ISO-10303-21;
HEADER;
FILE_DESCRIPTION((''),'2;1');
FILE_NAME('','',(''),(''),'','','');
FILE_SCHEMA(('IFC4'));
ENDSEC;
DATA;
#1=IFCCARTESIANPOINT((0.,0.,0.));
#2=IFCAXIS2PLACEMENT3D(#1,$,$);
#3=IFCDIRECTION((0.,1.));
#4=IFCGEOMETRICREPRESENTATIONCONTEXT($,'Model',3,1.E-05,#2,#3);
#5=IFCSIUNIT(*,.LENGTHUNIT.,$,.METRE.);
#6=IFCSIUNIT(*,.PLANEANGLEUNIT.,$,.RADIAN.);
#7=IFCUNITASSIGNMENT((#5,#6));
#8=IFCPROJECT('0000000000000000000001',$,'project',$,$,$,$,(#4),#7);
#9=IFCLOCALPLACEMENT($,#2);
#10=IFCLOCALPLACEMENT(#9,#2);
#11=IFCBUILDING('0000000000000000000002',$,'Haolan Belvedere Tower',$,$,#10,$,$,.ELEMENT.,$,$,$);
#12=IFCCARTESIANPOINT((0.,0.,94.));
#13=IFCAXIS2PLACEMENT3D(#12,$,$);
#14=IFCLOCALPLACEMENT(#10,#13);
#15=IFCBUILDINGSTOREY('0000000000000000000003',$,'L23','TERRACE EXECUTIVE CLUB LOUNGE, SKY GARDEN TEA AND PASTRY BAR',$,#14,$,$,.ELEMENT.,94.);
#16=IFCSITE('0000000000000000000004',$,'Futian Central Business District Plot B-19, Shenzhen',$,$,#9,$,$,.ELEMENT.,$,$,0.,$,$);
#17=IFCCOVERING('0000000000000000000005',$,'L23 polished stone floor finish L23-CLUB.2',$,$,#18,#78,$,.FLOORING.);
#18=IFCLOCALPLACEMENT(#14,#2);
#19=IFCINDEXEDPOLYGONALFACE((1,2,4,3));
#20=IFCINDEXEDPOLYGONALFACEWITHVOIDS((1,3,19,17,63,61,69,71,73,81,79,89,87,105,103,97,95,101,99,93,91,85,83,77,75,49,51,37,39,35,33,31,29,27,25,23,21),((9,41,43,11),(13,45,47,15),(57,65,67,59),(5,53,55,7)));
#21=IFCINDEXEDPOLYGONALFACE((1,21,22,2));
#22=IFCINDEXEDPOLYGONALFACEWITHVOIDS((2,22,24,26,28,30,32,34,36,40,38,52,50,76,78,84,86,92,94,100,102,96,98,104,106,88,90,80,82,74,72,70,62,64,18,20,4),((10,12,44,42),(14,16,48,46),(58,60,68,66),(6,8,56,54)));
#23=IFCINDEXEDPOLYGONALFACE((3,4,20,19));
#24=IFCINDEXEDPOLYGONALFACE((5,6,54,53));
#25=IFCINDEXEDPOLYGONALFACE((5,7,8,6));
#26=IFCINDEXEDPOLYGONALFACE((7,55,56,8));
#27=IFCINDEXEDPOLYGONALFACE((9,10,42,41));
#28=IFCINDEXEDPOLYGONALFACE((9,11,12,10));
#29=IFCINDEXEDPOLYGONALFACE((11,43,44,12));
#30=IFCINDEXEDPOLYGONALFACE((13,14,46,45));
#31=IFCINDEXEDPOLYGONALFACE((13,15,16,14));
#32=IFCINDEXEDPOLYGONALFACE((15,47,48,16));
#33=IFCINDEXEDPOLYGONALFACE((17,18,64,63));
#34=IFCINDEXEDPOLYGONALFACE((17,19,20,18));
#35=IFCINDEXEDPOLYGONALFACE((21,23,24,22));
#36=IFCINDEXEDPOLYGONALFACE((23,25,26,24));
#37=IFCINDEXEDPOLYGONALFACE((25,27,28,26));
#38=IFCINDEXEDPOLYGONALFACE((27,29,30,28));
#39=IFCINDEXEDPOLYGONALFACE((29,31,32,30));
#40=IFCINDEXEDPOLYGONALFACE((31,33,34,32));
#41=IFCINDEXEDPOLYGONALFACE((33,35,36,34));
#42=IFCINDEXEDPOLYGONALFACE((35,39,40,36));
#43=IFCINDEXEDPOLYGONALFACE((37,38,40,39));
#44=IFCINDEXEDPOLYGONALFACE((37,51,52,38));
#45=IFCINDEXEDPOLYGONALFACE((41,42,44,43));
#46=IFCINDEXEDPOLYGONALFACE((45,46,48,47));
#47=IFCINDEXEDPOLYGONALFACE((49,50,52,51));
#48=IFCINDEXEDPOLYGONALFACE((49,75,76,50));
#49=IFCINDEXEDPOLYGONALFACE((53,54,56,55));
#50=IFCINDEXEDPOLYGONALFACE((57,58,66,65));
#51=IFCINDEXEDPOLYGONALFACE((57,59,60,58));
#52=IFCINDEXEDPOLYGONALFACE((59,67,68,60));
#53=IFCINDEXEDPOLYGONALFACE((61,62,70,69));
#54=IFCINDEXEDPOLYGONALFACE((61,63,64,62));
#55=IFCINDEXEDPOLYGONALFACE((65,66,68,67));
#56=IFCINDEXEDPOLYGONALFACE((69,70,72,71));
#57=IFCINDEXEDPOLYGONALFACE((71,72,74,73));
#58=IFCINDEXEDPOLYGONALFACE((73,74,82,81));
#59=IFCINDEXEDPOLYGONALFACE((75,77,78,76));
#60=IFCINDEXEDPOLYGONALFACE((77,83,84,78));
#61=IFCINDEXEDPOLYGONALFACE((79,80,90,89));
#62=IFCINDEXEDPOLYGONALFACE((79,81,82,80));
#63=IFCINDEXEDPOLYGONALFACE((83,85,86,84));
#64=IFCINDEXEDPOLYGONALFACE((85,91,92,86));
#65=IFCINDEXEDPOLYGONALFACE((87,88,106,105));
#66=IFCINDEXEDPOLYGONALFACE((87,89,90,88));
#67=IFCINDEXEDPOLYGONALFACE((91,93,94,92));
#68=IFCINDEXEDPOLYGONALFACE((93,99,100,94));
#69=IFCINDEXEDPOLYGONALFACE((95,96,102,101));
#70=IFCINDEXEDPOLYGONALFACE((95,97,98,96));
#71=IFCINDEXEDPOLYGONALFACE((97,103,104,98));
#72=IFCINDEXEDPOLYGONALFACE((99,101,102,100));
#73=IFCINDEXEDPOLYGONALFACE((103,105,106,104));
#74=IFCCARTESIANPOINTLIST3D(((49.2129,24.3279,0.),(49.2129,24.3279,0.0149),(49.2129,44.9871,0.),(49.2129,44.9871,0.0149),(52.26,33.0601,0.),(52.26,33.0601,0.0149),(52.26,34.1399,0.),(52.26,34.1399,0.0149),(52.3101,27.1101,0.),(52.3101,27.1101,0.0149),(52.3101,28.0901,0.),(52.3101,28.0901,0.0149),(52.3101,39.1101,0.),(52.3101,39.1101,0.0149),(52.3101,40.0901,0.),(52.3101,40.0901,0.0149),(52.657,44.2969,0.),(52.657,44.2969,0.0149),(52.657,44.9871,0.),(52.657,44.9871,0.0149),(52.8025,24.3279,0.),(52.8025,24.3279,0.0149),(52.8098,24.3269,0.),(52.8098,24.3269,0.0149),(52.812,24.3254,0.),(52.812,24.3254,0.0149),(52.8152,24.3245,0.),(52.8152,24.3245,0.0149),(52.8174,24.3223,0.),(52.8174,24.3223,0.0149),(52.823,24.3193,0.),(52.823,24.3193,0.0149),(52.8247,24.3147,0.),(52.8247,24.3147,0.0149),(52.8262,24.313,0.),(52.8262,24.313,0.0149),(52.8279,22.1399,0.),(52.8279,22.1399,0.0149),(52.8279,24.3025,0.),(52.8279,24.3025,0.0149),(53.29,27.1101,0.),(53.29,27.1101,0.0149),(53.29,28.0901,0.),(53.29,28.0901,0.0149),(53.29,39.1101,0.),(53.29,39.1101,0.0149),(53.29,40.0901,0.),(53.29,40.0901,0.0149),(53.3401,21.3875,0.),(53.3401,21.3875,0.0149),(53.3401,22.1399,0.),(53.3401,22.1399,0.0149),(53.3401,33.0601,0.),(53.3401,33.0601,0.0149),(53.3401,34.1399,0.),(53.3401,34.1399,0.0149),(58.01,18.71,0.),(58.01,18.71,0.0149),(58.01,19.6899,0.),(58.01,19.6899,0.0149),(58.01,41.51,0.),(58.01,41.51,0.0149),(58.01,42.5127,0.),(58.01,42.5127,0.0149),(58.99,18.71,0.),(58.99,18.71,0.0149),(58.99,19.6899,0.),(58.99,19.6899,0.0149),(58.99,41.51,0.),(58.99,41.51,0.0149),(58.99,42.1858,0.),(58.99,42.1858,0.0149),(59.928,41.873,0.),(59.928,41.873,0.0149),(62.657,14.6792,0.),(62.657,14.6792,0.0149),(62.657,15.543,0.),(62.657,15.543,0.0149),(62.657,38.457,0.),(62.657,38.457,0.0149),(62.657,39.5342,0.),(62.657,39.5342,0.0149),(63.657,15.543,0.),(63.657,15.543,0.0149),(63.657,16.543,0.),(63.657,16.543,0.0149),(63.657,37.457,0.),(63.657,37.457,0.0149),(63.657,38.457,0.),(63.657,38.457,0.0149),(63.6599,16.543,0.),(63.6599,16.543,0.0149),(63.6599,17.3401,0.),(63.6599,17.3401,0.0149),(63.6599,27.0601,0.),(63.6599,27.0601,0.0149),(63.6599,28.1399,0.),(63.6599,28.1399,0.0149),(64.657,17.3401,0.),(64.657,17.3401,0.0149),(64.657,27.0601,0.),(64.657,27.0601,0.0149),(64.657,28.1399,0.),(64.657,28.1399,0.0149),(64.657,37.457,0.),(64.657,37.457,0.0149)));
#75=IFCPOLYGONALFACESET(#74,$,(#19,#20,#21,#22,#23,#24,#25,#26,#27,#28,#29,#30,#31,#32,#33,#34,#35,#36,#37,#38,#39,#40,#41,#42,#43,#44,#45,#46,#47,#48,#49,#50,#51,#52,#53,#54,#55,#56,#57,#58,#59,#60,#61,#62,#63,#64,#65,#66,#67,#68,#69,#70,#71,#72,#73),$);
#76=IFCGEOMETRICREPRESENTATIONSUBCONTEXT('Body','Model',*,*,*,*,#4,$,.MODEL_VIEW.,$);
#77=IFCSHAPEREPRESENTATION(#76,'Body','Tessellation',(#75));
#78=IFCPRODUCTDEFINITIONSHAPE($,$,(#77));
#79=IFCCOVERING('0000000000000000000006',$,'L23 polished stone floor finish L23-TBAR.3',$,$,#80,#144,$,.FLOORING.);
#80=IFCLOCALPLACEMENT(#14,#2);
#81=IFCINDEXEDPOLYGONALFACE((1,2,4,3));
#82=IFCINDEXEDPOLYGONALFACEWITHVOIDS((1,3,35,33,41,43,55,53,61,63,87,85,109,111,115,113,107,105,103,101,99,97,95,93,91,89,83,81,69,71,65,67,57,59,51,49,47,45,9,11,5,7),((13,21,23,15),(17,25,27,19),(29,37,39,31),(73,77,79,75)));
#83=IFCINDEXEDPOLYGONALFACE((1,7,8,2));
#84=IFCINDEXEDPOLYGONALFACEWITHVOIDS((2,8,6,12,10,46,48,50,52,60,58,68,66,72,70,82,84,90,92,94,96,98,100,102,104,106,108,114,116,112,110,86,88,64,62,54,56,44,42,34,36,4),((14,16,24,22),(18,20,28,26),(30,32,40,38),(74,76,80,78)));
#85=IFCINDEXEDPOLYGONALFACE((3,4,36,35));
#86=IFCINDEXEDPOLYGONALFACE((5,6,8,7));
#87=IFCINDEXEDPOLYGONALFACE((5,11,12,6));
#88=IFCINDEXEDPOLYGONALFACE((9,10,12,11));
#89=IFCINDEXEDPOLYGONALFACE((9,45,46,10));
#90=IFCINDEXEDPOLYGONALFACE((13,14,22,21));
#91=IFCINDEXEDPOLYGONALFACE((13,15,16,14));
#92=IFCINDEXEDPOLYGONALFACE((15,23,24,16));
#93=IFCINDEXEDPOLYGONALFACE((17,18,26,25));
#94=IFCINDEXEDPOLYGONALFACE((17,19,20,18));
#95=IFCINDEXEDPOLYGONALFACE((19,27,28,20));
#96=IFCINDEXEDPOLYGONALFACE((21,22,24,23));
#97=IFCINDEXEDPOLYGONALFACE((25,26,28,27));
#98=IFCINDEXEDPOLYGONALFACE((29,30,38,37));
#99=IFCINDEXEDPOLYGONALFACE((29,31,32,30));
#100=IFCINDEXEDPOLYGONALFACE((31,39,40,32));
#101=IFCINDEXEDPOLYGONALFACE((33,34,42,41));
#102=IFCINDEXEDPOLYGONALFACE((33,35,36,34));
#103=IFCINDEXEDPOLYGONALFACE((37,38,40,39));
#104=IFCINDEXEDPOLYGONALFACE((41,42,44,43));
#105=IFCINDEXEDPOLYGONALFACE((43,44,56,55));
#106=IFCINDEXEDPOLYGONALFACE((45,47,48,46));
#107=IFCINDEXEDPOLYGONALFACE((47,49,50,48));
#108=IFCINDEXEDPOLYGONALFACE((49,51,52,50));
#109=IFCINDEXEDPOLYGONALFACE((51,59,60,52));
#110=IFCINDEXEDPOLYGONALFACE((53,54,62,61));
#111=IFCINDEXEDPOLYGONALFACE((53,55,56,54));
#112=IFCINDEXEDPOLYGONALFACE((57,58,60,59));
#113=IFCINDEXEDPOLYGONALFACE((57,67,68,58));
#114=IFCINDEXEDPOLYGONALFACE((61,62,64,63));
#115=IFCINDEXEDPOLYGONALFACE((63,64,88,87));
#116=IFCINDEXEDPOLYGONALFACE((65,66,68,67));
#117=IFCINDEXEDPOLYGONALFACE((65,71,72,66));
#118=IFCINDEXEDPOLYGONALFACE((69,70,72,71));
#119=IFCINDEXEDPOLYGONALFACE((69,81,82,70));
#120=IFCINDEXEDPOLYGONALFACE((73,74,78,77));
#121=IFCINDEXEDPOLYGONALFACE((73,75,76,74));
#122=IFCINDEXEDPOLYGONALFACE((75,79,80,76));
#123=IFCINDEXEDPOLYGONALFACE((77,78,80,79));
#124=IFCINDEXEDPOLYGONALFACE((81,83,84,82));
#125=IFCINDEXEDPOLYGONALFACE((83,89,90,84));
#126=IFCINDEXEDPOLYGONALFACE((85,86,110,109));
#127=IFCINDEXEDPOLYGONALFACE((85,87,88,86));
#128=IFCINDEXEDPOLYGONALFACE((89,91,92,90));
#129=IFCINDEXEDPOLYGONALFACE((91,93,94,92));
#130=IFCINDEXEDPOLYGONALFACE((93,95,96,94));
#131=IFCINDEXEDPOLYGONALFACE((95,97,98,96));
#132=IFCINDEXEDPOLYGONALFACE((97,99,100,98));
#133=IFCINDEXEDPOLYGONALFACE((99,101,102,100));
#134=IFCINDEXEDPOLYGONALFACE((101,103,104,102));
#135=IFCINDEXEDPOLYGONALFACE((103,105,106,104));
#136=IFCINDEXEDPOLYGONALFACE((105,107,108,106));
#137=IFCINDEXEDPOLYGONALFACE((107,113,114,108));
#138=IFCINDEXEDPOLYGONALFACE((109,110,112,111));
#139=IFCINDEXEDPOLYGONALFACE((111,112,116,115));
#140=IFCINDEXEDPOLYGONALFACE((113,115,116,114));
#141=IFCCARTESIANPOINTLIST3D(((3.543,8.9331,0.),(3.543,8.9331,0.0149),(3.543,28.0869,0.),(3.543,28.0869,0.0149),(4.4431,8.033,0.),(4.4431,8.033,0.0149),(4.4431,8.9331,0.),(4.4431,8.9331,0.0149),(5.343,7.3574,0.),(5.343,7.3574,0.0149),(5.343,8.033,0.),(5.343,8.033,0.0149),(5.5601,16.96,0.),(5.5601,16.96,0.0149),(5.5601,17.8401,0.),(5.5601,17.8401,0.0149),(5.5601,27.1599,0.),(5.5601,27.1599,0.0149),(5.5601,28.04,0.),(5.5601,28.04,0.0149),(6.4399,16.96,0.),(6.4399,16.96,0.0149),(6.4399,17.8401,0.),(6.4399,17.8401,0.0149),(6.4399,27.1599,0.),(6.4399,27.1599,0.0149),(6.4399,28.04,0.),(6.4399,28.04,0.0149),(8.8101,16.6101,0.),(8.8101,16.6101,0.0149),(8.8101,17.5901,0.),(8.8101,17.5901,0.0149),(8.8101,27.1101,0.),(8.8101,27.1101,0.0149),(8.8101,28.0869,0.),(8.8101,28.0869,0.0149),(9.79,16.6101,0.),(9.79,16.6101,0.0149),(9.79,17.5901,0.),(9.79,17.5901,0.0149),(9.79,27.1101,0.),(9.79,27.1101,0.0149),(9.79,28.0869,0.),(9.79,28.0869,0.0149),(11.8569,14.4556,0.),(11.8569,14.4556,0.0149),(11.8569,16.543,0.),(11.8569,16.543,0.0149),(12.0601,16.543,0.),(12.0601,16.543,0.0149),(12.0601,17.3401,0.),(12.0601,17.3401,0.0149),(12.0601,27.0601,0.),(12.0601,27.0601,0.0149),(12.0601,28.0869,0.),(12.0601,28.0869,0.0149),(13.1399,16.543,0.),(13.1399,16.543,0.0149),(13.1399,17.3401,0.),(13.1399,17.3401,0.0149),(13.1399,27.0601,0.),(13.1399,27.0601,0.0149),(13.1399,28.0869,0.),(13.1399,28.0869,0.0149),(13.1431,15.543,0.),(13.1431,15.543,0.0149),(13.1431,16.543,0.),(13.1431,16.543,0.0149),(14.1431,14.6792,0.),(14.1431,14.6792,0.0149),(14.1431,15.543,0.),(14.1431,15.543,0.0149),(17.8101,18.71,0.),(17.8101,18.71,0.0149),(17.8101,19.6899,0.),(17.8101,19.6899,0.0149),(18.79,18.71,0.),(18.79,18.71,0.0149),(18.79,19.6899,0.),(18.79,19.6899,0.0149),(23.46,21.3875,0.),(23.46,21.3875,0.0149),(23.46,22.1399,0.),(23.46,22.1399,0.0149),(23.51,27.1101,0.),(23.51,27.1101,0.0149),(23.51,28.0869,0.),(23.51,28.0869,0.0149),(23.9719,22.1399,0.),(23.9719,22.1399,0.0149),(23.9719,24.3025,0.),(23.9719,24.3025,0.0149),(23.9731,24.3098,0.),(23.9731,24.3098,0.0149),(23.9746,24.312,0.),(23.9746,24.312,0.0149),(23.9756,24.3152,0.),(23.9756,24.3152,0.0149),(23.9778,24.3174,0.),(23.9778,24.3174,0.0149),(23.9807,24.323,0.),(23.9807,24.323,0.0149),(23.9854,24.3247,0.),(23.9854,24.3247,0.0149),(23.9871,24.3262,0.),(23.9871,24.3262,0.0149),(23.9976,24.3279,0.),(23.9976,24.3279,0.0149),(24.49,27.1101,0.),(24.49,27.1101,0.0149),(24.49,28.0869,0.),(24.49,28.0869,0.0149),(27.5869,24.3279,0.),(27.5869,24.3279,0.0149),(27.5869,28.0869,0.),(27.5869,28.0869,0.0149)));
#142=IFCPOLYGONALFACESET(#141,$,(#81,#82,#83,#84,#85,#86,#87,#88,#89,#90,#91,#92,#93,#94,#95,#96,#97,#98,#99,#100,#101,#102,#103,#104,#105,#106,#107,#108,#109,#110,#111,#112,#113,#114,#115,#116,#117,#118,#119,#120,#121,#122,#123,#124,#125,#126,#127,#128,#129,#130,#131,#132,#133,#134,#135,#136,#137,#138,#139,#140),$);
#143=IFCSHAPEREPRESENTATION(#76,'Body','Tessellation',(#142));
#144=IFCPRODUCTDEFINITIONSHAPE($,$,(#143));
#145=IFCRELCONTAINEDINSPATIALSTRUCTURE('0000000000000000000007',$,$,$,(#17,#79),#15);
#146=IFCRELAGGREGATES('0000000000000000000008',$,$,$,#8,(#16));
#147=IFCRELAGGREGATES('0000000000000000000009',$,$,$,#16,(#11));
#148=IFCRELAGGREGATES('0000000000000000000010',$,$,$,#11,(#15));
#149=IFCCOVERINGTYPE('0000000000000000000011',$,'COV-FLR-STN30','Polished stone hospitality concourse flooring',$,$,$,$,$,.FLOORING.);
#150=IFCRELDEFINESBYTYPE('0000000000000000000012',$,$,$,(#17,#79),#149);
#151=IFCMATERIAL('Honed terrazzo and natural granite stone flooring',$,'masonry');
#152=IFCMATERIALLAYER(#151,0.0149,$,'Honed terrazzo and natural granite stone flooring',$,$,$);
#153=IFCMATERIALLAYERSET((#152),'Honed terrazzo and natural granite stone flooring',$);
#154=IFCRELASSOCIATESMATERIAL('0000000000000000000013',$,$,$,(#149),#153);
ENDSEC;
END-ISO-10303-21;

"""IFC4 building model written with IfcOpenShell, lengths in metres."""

from ifc_helpers import new_model, si_unit, direction, frame, origin, place, context, subcontext, project, spatial, polyline, outline, extrude, material, layer, layer_set, type_object, element, save


model = new_model("IFC4")

# Units and contexts
model_context = context("Model", 3, precision=1e-05, world=origin(), true_north=direction((0.0, 1.0)))
body_context = subcontext(model_context, "Body", "Model", "MODEL_VIEW")
ifc_project = project(units=[si_unit("LENGTHUNIT", "METRE"), si_unit("PLANEANGLEUNIT", "RADIAN")], contexts=[model_context])

# Site, building, storey
site_placement = place(None, origin())
site = spatial("IfcSite", under=ifc_project, at=site_placement, Name="Futian Central Business District Plot B-19, Shenzhen", CompositionType="ELEMENT", RefElevation=0.0)
building_placement = place(site_placement, origin())
building = spatial("IfcBuilding", under=site, at=building_placement, Name="Haolan Belvedere Tower", CompositionType="ELEMENT")
storey_placement = place(building_placement, frame((0.0, 0.0, 94.0)))
storey = spatial("IfcBuildingStorey", under=building, at=storey_placement, Name="L23", Description="TERRACE EXECUTIVE CLUB LOUNGE, SKY GARDEN TEA AND PASTRY BAR", CompositionType="ELEMENT", Elevation=94.0)

# Coverings
ifc_material_1 = material(Name="Honed terrazzo and natural granite stone flooring", Category="masonry")
ifc_layer_1 = layer(ifc_material_1, 0.0149, Name="Honed terrazzo and natural granite stone flooring")
ifc_layer_set_1 = layer_set([ifc_layer_1], Name="Honed terrazzo and natural granite stone flooring")
covering_type_1 = type_object("IfcCoveringType", Name="COV-FLR-STN30", Description="Polished stone hospitality concourse flooring", PredefinedType="FLOORING", material=ifc_layer_set_1)
covering_1_placement = place(storey_placement, origin())
element("IfcCovering", 1, at=covering_1_placement, inside=storey, type_object=covering_type_1, Name="L23 polished stone floor finish L23-CLUB.2", PredefinedType="FLOORING", context=body_context, shape_type="SweptSolid", body=[
    extrude(outline(polyline([(52.657, 44.9871), (49.2129, 44.9871), (49.2129, 24.3279), (52.8025, 24.3279), (52.8098, 24.3269), (52.812, 24.3254), (52.8152, 24.3245), (52.8174, 24.3223), (52.823, 24.3193), (52.8247, 24.3147), (52.8262, 24.313), (52.8279, 24.3025), (52.8279, 22.1399), (53.3401, 22.1399), (53.3401, 21.3875), (62.657, 14.6792), (62.657, 15.543), (63.657, 15.543), (63.657, 16.543), (63.6599, 16.543), (63.6599, 17.3401), (64.657, 17.3401), (64.657, 27.0601), (63.6599, 27.0601), (63.6599, 28.1399), (64.657, 28.1399), (64.657, 37.457), (63.657, 37.457), (63.657, 38.457), (62.657, 38.457), (62.657, 39.5342), (59.928, 41.873), (58.99, 42.1858), (58.99, 41.51), (58.01, 41.51), (58.01, 42.5127), (52.657, 44.2969), (52.657, 44.9871)]), holes=[polyline([(58.01, 19.6899), (58.99, 19.6899), (58.99, 18.71), (58.01, 18.71), (58.01, 19.6899)]), polyline([(52.26, 34.1399), (53.3401, 34.1399), (53.3401, 33.0601), (52.26, 33.0601), (52.26, 34.1399)]), polyline([(52.3101, 28.0901), (53.29, 28.0901), (53.29, 27.1101), (52.3101, 27.1101), (52.3101, 28.0901)]), polyline([(52.3101, 40.0901), (53.29, 40.0901), (53.29, 39.1101), (52.3101, 39.1101), (52.3101, 40.0901)])]), origin(), (0.0, 0.0, 1.0), 0.0149),
])
covering_2_placement = place(storey_placement, origin())
element("IfcCovering", 2, at=covering_2_placement, inside=storey, type_object=covering_type_1, Name="L23 polished stone floor finish L23-TBAR.3", PredefinedType="FLOORING", context=body_context, shape_type="SweptSolid", body=[
    extrude(outline(polyline([(3.543, 28.0869), (3.543, 8.9331), (4.4431, 8.9331), (4.4431, 8.033), (5.343, 8.033), (5.343, 7.3574), (11.8569, 14.4556), (11.8569, 16.543), (12.0601, 16.543), (12.0601, 17.3401), (13.1399, 17.3401), (13.1399, 16.543), (13.1431, 16.543), (13.1431, 15.543), (14.1431, 15.543), (14.1431, 14.6792), (23.46, 21.3875), (23.46, 22.1399), (23.9719, 22.1399), (23.9719, 24.3025), (23.9731, 24.3098), (23.9746, 24.312), (23.9756, 24.3152), (23.9778, 24.3174), (23.9807, 24.323), (23.9854, 24.3247), (23.9871, 24.3262), (23.9976, 24.3279), (27.5869, 24.3279), (27.5869, 28.0869), (24.49, 28.0869), (24.49, 27.1101), (23.51, 27.1101), (23.51, 28.0869), (13.1399, 28.0869), (13.1399, 27.0601), (12.0601, 27.0601), (12.0601, 28.0869), (9.79, 28.0869), (9.79, 27.1101), (8.8101, 27.1101), (8.8101, 28.0869), (3.543, 28.0869)]), holes=[polyline([(17.8101, 19.6899), (18.79, 19.6899), (18.79, 18.71), (17.8101, 18.71), (17.8101, 19.6899)]), polyline([(8.8101, 17.5901), (9.79, 17.5901), (9.79, 16.6101), (8.8101, 16.6101), (8.8101, 17.5901)]), polyline([(5.5601, 17.8401), (6.4399, 17.8401), (6.4399, 16.96), (5.5601, 16.96), (5.5601, 17.8401)]), polyline([(5.5601, 28.04), (6.4399, 28.04), (6.4399, 27.1599), (5.5601, 27.1599), (5.5601, 28.04)])]), origin(), (0.0, 0.0, 1.0), 0.0149),
])

save(model, "model.ifc")
